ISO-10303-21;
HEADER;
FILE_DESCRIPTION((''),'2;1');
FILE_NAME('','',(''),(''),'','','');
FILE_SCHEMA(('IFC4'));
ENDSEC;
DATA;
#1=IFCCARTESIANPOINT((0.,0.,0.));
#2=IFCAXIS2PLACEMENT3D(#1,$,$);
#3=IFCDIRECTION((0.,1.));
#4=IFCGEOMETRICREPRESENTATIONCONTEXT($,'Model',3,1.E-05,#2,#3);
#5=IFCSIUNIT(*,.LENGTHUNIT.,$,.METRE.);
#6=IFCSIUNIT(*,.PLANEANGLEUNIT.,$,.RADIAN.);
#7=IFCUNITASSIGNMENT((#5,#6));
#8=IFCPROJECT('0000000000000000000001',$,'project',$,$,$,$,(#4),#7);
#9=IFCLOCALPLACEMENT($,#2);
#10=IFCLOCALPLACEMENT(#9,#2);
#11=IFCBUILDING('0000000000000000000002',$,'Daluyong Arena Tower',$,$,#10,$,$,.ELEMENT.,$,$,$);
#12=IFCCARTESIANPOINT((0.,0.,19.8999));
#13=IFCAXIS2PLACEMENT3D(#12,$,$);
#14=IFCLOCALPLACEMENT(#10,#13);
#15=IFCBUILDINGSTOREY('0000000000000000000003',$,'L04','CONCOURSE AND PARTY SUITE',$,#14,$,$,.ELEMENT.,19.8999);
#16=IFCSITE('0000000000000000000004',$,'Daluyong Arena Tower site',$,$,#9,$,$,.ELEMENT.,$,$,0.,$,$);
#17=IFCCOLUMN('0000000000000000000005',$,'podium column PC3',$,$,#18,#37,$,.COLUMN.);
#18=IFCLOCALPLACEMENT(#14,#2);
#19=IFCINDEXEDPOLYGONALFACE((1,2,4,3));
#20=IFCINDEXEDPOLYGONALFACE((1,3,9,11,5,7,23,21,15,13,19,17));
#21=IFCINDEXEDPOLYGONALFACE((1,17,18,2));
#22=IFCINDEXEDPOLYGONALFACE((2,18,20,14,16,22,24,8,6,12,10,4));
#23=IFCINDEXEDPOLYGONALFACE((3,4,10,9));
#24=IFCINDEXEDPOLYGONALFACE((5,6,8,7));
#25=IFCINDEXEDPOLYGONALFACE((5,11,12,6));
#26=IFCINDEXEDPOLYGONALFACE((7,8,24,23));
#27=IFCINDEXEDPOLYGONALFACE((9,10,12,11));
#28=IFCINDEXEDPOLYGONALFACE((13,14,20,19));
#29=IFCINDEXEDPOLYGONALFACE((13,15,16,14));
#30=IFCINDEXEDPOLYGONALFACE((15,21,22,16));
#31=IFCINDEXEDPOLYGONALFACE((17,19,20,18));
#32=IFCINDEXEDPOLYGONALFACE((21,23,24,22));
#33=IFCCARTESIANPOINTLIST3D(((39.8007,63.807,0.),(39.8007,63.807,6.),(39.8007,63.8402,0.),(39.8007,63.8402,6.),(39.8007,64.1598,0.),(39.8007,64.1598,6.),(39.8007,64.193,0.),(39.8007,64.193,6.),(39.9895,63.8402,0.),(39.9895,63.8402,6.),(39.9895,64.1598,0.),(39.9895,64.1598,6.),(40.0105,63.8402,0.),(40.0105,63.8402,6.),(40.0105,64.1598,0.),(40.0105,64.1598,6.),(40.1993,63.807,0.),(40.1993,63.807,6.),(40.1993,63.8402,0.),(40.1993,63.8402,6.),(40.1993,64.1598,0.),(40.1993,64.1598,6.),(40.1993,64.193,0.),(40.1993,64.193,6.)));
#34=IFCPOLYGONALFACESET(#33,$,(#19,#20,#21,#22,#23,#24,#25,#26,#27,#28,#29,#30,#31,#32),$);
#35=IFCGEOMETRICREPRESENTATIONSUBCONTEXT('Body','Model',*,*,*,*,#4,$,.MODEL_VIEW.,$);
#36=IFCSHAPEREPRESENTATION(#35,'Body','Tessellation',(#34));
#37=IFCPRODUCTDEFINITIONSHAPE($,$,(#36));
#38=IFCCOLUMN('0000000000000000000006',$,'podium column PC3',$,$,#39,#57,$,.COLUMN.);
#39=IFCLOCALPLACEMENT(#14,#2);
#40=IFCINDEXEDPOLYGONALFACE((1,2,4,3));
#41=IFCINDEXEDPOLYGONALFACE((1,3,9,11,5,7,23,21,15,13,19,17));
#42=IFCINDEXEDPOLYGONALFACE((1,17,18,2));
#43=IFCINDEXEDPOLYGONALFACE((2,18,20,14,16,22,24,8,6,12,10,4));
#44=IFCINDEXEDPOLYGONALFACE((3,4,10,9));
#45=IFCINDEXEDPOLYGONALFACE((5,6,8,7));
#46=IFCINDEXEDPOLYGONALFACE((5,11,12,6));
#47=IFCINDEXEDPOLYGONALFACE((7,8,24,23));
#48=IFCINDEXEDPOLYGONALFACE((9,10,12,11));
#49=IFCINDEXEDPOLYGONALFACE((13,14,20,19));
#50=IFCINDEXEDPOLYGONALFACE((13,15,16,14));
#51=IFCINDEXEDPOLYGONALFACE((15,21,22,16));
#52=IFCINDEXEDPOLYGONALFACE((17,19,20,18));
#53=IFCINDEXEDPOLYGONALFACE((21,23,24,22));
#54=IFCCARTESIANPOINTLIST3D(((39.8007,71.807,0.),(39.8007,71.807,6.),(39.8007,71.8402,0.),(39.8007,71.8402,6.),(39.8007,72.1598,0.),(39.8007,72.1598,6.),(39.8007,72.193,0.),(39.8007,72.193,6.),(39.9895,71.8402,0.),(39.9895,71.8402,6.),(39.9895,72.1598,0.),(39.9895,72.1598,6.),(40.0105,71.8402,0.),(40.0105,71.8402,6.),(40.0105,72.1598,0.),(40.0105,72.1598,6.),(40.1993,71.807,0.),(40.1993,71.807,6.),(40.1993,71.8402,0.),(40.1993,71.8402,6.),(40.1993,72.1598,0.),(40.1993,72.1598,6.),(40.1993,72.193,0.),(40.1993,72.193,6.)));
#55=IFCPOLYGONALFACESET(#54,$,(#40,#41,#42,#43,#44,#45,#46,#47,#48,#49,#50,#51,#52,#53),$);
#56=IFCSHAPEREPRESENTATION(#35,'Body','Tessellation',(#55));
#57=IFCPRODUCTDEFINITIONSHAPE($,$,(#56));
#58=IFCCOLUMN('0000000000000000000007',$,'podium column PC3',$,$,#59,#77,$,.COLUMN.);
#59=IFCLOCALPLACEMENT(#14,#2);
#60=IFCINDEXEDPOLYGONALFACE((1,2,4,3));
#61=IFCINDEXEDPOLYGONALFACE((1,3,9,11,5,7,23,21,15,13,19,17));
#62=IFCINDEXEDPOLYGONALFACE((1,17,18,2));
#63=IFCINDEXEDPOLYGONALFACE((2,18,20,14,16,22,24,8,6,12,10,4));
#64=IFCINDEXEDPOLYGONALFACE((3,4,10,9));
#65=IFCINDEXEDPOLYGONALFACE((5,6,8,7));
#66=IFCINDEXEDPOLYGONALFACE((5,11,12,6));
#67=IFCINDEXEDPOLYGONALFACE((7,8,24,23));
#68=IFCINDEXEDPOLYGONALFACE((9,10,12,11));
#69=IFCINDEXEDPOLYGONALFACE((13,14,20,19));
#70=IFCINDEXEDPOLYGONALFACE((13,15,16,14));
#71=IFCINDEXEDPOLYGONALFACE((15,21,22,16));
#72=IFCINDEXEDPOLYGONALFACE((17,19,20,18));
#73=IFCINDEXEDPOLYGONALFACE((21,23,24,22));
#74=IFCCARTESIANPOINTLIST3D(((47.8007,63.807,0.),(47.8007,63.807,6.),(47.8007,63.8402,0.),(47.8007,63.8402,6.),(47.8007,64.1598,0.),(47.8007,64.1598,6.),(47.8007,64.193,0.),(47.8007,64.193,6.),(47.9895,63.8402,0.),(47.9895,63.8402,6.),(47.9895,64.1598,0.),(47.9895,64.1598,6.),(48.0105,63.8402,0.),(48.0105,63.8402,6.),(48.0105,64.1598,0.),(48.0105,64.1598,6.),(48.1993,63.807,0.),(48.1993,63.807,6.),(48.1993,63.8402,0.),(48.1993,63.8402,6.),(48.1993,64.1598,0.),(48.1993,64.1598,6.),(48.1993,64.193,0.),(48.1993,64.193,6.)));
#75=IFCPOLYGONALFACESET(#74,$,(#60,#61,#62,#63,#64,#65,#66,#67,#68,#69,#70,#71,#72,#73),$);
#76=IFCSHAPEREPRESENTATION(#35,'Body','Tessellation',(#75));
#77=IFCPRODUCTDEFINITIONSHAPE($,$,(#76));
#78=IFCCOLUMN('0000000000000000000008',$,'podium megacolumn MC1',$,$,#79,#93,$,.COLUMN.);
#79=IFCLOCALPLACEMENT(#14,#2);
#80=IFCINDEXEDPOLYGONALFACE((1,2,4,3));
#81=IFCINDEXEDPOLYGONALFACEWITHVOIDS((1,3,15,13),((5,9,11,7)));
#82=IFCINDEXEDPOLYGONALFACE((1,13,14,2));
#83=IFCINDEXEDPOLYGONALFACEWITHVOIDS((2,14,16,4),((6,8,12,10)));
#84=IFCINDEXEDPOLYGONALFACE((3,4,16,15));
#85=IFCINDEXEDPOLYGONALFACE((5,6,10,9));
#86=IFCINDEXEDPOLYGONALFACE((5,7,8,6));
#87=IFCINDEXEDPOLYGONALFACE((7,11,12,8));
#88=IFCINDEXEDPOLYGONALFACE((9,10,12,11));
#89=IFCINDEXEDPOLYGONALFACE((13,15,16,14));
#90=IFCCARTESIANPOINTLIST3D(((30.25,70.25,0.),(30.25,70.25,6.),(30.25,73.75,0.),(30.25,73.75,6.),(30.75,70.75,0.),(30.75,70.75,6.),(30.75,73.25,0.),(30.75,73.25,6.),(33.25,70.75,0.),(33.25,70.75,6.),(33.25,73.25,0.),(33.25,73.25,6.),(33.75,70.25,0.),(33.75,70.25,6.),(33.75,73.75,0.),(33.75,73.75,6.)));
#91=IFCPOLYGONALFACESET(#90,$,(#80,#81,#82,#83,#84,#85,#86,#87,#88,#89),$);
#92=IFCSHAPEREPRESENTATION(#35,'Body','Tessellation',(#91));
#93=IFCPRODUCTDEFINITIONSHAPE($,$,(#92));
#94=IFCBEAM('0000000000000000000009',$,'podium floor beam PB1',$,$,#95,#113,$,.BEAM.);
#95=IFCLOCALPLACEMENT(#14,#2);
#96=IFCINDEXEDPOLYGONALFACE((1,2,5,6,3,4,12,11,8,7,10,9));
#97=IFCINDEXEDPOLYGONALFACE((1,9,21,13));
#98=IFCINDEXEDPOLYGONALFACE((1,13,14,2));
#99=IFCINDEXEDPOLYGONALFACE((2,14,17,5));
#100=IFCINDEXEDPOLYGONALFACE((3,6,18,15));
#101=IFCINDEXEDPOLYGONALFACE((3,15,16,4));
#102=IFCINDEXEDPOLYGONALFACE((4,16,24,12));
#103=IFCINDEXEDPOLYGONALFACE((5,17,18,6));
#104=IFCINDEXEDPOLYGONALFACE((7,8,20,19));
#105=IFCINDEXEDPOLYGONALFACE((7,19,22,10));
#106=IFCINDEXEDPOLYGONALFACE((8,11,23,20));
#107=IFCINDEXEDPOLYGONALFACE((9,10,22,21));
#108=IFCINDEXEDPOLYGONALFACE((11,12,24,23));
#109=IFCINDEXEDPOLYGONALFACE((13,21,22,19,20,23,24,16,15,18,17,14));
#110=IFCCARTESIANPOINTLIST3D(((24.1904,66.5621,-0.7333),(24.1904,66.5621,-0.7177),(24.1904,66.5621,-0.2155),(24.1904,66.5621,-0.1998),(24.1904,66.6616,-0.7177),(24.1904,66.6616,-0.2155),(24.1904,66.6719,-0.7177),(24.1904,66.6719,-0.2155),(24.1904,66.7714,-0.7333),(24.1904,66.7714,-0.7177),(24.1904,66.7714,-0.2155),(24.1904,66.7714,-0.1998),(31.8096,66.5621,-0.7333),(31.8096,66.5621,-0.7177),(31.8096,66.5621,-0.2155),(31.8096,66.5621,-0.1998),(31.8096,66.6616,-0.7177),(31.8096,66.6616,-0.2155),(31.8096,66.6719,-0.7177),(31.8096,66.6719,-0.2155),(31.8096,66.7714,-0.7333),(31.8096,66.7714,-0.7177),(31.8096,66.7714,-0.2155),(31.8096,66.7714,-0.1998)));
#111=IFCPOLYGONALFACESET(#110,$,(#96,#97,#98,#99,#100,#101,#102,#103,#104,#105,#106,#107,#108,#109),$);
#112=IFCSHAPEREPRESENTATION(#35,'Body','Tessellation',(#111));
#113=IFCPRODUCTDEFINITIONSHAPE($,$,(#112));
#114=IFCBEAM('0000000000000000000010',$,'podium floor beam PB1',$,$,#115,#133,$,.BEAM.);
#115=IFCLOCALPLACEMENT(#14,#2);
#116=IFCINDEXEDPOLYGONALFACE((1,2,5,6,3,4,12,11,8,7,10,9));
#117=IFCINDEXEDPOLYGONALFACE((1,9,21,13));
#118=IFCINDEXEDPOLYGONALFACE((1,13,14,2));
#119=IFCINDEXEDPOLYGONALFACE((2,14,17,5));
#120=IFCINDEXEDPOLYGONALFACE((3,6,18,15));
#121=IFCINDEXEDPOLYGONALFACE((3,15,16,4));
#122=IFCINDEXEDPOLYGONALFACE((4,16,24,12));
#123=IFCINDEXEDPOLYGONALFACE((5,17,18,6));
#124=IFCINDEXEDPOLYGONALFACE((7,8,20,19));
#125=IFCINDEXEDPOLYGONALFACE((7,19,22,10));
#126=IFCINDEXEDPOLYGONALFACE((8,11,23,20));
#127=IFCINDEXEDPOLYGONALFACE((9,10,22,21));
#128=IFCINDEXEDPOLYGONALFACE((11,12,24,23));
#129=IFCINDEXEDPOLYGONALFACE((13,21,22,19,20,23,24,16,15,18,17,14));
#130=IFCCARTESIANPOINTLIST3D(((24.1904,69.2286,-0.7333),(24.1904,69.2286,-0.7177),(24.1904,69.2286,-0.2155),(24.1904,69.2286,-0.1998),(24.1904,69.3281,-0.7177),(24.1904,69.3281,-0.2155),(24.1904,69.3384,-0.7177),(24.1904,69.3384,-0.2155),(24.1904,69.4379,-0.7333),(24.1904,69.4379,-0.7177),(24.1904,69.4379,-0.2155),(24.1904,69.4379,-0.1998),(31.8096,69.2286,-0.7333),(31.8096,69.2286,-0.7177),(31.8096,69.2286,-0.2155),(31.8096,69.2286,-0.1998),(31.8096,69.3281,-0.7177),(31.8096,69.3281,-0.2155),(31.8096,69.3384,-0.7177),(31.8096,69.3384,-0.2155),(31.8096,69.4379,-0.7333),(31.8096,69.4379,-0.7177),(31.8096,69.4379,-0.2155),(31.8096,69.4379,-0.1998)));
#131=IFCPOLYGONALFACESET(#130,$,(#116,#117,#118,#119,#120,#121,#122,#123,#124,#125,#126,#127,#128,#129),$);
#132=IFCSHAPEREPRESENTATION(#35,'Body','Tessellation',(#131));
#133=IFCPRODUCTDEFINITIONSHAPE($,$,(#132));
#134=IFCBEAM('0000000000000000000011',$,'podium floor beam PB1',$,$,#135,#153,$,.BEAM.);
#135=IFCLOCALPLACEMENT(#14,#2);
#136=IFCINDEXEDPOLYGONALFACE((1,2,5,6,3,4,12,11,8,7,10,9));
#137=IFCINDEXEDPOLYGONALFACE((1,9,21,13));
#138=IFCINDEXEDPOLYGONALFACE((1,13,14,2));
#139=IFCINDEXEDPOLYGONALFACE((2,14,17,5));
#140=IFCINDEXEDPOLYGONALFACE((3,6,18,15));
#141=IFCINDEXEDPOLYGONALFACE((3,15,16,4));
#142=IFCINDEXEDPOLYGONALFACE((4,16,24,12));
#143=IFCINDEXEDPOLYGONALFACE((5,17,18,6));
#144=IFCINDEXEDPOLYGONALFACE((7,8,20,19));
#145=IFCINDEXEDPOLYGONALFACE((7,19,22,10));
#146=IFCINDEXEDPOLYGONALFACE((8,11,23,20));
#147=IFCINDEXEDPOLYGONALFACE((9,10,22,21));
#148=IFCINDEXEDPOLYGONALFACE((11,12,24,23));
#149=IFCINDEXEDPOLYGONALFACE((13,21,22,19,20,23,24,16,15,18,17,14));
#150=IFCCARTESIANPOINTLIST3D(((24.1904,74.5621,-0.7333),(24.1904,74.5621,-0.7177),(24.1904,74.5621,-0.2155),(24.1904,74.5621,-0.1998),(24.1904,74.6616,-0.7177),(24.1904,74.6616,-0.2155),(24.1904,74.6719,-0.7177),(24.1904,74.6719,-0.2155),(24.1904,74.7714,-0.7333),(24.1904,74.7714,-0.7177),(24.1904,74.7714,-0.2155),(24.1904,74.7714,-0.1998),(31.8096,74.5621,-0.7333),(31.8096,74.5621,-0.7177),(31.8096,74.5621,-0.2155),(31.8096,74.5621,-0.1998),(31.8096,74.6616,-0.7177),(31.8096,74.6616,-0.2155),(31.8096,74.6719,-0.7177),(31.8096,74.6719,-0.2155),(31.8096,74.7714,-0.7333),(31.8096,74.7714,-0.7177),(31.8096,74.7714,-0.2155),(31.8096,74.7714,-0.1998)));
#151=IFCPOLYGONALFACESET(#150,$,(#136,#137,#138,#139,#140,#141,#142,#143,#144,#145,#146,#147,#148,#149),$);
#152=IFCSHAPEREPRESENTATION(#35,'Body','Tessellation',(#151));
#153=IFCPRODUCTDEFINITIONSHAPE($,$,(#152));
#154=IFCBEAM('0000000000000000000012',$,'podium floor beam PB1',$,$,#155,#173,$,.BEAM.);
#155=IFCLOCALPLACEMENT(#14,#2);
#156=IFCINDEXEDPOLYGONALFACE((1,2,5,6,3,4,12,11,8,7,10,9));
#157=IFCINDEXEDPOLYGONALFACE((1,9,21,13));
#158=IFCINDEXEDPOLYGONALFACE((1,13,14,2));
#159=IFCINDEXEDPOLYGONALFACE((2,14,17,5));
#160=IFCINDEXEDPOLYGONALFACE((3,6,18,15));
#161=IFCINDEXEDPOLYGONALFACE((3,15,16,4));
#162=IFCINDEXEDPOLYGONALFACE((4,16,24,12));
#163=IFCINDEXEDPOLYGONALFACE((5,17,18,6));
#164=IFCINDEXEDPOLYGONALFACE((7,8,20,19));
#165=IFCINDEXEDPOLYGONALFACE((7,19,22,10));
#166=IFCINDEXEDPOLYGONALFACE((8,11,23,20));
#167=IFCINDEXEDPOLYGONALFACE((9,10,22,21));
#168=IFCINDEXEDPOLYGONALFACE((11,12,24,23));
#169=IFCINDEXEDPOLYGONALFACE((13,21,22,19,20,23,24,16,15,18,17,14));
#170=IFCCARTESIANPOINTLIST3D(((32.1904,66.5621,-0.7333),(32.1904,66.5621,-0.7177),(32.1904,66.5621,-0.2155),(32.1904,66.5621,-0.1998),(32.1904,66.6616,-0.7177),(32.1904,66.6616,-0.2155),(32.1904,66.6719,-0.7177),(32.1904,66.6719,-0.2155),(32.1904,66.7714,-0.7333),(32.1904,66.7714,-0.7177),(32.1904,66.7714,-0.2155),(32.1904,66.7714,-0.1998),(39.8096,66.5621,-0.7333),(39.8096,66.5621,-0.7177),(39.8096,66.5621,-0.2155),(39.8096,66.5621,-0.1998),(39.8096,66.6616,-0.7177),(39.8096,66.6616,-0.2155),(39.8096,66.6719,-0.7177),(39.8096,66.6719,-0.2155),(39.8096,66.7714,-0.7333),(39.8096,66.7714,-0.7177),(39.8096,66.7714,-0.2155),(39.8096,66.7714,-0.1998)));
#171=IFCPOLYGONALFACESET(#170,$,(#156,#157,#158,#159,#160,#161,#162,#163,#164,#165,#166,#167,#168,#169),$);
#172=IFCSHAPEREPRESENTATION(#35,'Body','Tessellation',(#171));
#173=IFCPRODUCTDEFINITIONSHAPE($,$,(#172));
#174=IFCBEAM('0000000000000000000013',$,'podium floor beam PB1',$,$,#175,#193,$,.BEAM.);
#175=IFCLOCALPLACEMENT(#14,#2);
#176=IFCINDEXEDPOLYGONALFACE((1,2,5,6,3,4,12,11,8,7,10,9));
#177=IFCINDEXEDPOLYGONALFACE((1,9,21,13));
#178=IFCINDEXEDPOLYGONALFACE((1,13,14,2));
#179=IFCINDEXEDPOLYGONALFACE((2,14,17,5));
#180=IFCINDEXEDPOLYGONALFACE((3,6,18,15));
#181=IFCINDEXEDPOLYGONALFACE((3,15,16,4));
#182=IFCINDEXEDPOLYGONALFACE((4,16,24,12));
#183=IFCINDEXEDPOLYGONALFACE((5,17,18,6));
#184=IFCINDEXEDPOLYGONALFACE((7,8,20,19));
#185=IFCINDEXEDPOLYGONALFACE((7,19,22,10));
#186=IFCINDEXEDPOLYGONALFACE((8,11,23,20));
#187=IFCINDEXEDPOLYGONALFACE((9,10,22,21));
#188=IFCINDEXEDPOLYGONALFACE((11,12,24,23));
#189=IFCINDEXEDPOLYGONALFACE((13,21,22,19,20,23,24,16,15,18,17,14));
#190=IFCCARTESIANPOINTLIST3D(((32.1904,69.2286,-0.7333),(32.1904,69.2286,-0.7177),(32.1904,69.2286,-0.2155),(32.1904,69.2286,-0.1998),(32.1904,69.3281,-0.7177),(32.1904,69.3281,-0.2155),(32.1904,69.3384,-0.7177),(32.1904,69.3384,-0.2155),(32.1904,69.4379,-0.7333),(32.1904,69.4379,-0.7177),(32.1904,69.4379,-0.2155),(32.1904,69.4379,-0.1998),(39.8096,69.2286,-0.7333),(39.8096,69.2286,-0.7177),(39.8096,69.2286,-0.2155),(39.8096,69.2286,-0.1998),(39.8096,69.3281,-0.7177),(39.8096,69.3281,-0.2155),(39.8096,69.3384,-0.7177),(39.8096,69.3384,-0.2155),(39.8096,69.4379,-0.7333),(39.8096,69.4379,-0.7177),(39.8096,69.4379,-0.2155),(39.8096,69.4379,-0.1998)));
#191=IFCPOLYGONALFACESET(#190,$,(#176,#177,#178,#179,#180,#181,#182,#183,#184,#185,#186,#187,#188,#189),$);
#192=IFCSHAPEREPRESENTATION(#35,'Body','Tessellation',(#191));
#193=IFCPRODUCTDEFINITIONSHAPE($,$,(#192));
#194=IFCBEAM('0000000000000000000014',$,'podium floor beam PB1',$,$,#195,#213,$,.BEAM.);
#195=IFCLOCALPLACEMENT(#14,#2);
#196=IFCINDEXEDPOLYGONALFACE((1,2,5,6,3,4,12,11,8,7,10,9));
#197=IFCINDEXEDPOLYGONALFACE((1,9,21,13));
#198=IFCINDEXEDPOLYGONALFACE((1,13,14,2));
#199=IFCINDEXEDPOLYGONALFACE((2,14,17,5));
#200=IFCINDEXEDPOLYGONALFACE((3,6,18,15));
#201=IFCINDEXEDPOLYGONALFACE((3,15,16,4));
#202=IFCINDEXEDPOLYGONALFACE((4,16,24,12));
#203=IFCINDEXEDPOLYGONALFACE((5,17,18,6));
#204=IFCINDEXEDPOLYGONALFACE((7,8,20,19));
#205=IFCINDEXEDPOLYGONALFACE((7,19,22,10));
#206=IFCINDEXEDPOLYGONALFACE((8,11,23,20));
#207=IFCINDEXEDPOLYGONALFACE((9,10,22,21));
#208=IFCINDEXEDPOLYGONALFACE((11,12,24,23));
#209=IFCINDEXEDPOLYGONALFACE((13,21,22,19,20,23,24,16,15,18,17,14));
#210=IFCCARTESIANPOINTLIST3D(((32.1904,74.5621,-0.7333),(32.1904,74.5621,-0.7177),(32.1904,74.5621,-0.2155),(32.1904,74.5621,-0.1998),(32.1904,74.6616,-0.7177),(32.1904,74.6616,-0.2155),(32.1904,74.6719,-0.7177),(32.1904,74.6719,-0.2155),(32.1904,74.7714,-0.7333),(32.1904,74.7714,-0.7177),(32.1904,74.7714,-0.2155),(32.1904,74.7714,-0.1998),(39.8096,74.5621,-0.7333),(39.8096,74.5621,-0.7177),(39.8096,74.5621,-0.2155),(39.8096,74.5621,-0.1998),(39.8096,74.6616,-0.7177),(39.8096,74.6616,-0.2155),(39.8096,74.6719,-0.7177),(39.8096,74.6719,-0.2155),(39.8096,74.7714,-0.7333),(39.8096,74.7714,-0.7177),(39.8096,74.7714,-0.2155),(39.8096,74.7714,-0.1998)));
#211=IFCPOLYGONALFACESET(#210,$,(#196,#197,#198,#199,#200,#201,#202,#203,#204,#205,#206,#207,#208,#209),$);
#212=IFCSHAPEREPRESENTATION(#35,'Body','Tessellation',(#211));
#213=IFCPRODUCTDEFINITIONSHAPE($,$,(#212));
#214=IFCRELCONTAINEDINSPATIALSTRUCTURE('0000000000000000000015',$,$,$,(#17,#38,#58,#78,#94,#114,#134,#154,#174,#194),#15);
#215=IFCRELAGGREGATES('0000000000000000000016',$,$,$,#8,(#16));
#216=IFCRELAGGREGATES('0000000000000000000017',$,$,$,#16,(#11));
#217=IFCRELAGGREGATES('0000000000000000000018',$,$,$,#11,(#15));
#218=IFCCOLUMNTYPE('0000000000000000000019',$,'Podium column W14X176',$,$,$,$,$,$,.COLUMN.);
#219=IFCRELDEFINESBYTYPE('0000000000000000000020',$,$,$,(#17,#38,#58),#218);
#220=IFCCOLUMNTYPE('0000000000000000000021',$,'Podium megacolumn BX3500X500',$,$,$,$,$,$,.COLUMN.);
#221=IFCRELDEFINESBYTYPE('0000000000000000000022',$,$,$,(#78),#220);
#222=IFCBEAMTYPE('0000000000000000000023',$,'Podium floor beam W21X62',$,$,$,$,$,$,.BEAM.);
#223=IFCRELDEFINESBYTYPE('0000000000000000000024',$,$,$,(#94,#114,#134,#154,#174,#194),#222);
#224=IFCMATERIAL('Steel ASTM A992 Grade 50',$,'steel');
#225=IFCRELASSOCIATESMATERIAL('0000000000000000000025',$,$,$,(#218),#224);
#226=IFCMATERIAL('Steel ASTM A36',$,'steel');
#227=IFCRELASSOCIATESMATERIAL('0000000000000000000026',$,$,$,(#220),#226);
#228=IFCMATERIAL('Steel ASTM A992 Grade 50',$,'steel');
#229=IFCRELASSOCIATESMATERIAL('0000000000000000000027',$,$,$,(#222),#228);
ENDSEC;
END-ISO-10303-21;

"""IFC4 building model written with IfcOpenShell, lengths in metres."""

from ifc_helpers import new_model, si_unit, direction, frame, origin, origin_2d, place, context, subcontext, project, spatial, hollow_rectangle, i_section, extrude, material, material_profile, profile_set, type_object, element, save


model = new_model("IFC4")

# Units and contexts
model_context = context("Model", 3, precision=1e-05, world=origin(), true_north=direction((0.0, 1.0)))
body_context = subcontext(model_context, "Body", "Model", "MODEL_VIEW")
ifc_project = project(units=[si_unit("LENGTHUNIT", "METRE"), si_unit("PLANEANGLEUNIT", "RADIAN")], contexts=[model_context])

# Site, building, storey
site_placement = place(None, origin())
site = spatial("IfcSite", under=ifc_project, at=site_placement, Name="Daluyong Arena Tower site", CompositionType="ELEMENT", RefElevation=0.0)
building_placement = place(site_placement, origin())
building = spatial("IfcBuilding", under=site, at=building_placement, Name="Daluyong Arena Tower", CompositionType="ELEMENT")
storey_placement = place(building_placement, frame((0.0, 0.0, 19.8999)))
storey = spatial("IfcBuildingStorey", under=building, at=storey_placement, Name="L04", Description="CONCOURSE AND PARTY SUITE", CompositionType="ELEMENT", Elevation=19.8999)

# Columns
ifc_material_1 = material(Name="Steel ASTM A992 Grade 50", Category="steel")
ifc_material_profile_1 = material_profile(ifc_material_1, i_section(OverallWidth=0.3987, OverallDepth=0.386, WebThickness=0.021, FlangeThickness=0.0332, at=origin_2d()))
ifc_profile_set_1 = profile_set([ifc_material_profile_1], Name="Steel ASTM A992 Grade 50")
column_type_1 = type_object("IfcColumnType", Name="Podium column W14X176", PredefinedType="COLUMN", material=ifc_profile_set_1)
for number, where, z_axis, x_axis, name in (
    (1, (40.0, 64.0, 0.0), (0.0, 0.0, 1.0), (1.0, 0.0, 0.0), "podium column PC3"),
    (2, (40.0, 72.0, 0.0), (0.0, 0.0, 1.0), (1.0, 0.0, 0.0), "podium column PC3"),
    (3, (48.0, 64.0, 0.0), (0.0, 0.0, 1.0), (1.0, 0.0, 0.0), "podium column PC3"),
):
    element("IfcColumn", number, at=place(storey_placement, frame(where, z_axis=z_axis, x_axis=x_axis)), inside=storey, type_object=column_type_1, Name=name, PredefinedType="COLUMN", context=body_context, shape_type="SweptSolid", body=[
        extrude(i_section(OverallWidth=0.3987, OverallDepth=0.386, WebThickness=0.021, FlangeThickness=0.0332, at=origin_2d()), origin(), (0.0, 0.0, 1.0), 6.0),
    ])
ifc_material_2 = material(Name="Steel ASTM A36", Category="steel")
ifc_material_profile_2 = material_profile(ifc_material_2, hollow_rectangle(XDim=3.5, YDim=3.5, WallThickness=0.5, at=origin_2d()))
ifc_profile_set_2 = profile_set([ifc_material_profile_2], Name="Steel ASTM A36")
column_type_2 = type_object("IfcColumnType", Name="Podium megacolumn BX3500X500", PredefinedType="COLUMN", material=ifc_profile_set_2)
column_placement = place(storey_placement, frame((32.0, 72.0, 0.0), z_axis=(0.0, 0.0, 1.0), x_axis=(1.0, 0.0, 0.0)))
element("IfcColumn", 4, at=column_placement, inside=storey, type_object=column_type_2, Name="podium megacolumn MC1", PredefinedType="COLUMN", context=body_context, shape_type="SweptSolid", body=[
    extrude(hollow_rectangle(XDim=3.5, YDim=3.5, WallThickness=0.5, at=origin_2d()), origin(), (0.0, 0.0, 1.0), 6.0),
])

# Beams
ifc_material_3 = material(Name="Steel ASTM A992 Grade 50", Category="steel")
ifc_material_profile_3 = material_profile(ifc_material_3, i_section(OverallWidth=0.2092, OverallDepth=0.5334, WebThickness=0.0103, FlangeThickness=0.0156, at=origin_2d()))
ifc_profile_set_3 = profile_set([ifc_material_profile_3], Name="Steel ASTM A992 Grade 50")
beam_type_1 = type_object("IfcBeamType", Name="Podium floor beam W21X62", PredefinedType="BEAM", material=ifc_profile_set_3)
for number, where, z_axis, x_axis, name in (
    (5, (24.1904, 66.6667, -0.4666), (1.0, 0.0, 0.0), (0.0, 1.0, 0.0), "podium floor beam PB1"),
    (6, (24.1904, 69.3333, -0.4666), (1.0, 0.0, 0.0), (0.0, 1.0, 0.0), "podium floor beam PB1"),
    (7, (24.1904, 74.6667, -0.4666), (1.0, 0.0, 0.0), (0.0, 1.0, 0.0), "podium floor beam PB1"),
    (8, (32.1904, 66.6667, -0.4666), (1.0, 0.0, 0.0), (0.0, 1.0, 0.0), "podium floor beam PB1"),
    (9, (32.1904, 69.3333, -0.4666), (1.0, 0.0, 0.0), (0.0, 1.0, 0.0), "podium floor beam PB1"),
    (10, (32.1904, 74.6667, -0.4666), (1.0, 0.0, 0.0), (0.0, 1.0, 0.0), "podium floor beam PB1"),
):
    element("IfcBeam", number, at=place(storey_placement, frame(where, z_axis=z_axis, x_axis=x_axis)), inside=storey, type_object=beam_type_1, Name=name, PredefinedType="BEAM", context=body_context, shape_type="SweptSolid", body=[
        extrude(i_section(OverallWidth=0.2092, OverallDepth=0.5334, WebThickness=0.0103, FlangeThickness=0.0156, at=origin_2d()), origin(), (0.0, 0.0, 1.0), 7.6191),
    ])

save(model, "model.ifc")
